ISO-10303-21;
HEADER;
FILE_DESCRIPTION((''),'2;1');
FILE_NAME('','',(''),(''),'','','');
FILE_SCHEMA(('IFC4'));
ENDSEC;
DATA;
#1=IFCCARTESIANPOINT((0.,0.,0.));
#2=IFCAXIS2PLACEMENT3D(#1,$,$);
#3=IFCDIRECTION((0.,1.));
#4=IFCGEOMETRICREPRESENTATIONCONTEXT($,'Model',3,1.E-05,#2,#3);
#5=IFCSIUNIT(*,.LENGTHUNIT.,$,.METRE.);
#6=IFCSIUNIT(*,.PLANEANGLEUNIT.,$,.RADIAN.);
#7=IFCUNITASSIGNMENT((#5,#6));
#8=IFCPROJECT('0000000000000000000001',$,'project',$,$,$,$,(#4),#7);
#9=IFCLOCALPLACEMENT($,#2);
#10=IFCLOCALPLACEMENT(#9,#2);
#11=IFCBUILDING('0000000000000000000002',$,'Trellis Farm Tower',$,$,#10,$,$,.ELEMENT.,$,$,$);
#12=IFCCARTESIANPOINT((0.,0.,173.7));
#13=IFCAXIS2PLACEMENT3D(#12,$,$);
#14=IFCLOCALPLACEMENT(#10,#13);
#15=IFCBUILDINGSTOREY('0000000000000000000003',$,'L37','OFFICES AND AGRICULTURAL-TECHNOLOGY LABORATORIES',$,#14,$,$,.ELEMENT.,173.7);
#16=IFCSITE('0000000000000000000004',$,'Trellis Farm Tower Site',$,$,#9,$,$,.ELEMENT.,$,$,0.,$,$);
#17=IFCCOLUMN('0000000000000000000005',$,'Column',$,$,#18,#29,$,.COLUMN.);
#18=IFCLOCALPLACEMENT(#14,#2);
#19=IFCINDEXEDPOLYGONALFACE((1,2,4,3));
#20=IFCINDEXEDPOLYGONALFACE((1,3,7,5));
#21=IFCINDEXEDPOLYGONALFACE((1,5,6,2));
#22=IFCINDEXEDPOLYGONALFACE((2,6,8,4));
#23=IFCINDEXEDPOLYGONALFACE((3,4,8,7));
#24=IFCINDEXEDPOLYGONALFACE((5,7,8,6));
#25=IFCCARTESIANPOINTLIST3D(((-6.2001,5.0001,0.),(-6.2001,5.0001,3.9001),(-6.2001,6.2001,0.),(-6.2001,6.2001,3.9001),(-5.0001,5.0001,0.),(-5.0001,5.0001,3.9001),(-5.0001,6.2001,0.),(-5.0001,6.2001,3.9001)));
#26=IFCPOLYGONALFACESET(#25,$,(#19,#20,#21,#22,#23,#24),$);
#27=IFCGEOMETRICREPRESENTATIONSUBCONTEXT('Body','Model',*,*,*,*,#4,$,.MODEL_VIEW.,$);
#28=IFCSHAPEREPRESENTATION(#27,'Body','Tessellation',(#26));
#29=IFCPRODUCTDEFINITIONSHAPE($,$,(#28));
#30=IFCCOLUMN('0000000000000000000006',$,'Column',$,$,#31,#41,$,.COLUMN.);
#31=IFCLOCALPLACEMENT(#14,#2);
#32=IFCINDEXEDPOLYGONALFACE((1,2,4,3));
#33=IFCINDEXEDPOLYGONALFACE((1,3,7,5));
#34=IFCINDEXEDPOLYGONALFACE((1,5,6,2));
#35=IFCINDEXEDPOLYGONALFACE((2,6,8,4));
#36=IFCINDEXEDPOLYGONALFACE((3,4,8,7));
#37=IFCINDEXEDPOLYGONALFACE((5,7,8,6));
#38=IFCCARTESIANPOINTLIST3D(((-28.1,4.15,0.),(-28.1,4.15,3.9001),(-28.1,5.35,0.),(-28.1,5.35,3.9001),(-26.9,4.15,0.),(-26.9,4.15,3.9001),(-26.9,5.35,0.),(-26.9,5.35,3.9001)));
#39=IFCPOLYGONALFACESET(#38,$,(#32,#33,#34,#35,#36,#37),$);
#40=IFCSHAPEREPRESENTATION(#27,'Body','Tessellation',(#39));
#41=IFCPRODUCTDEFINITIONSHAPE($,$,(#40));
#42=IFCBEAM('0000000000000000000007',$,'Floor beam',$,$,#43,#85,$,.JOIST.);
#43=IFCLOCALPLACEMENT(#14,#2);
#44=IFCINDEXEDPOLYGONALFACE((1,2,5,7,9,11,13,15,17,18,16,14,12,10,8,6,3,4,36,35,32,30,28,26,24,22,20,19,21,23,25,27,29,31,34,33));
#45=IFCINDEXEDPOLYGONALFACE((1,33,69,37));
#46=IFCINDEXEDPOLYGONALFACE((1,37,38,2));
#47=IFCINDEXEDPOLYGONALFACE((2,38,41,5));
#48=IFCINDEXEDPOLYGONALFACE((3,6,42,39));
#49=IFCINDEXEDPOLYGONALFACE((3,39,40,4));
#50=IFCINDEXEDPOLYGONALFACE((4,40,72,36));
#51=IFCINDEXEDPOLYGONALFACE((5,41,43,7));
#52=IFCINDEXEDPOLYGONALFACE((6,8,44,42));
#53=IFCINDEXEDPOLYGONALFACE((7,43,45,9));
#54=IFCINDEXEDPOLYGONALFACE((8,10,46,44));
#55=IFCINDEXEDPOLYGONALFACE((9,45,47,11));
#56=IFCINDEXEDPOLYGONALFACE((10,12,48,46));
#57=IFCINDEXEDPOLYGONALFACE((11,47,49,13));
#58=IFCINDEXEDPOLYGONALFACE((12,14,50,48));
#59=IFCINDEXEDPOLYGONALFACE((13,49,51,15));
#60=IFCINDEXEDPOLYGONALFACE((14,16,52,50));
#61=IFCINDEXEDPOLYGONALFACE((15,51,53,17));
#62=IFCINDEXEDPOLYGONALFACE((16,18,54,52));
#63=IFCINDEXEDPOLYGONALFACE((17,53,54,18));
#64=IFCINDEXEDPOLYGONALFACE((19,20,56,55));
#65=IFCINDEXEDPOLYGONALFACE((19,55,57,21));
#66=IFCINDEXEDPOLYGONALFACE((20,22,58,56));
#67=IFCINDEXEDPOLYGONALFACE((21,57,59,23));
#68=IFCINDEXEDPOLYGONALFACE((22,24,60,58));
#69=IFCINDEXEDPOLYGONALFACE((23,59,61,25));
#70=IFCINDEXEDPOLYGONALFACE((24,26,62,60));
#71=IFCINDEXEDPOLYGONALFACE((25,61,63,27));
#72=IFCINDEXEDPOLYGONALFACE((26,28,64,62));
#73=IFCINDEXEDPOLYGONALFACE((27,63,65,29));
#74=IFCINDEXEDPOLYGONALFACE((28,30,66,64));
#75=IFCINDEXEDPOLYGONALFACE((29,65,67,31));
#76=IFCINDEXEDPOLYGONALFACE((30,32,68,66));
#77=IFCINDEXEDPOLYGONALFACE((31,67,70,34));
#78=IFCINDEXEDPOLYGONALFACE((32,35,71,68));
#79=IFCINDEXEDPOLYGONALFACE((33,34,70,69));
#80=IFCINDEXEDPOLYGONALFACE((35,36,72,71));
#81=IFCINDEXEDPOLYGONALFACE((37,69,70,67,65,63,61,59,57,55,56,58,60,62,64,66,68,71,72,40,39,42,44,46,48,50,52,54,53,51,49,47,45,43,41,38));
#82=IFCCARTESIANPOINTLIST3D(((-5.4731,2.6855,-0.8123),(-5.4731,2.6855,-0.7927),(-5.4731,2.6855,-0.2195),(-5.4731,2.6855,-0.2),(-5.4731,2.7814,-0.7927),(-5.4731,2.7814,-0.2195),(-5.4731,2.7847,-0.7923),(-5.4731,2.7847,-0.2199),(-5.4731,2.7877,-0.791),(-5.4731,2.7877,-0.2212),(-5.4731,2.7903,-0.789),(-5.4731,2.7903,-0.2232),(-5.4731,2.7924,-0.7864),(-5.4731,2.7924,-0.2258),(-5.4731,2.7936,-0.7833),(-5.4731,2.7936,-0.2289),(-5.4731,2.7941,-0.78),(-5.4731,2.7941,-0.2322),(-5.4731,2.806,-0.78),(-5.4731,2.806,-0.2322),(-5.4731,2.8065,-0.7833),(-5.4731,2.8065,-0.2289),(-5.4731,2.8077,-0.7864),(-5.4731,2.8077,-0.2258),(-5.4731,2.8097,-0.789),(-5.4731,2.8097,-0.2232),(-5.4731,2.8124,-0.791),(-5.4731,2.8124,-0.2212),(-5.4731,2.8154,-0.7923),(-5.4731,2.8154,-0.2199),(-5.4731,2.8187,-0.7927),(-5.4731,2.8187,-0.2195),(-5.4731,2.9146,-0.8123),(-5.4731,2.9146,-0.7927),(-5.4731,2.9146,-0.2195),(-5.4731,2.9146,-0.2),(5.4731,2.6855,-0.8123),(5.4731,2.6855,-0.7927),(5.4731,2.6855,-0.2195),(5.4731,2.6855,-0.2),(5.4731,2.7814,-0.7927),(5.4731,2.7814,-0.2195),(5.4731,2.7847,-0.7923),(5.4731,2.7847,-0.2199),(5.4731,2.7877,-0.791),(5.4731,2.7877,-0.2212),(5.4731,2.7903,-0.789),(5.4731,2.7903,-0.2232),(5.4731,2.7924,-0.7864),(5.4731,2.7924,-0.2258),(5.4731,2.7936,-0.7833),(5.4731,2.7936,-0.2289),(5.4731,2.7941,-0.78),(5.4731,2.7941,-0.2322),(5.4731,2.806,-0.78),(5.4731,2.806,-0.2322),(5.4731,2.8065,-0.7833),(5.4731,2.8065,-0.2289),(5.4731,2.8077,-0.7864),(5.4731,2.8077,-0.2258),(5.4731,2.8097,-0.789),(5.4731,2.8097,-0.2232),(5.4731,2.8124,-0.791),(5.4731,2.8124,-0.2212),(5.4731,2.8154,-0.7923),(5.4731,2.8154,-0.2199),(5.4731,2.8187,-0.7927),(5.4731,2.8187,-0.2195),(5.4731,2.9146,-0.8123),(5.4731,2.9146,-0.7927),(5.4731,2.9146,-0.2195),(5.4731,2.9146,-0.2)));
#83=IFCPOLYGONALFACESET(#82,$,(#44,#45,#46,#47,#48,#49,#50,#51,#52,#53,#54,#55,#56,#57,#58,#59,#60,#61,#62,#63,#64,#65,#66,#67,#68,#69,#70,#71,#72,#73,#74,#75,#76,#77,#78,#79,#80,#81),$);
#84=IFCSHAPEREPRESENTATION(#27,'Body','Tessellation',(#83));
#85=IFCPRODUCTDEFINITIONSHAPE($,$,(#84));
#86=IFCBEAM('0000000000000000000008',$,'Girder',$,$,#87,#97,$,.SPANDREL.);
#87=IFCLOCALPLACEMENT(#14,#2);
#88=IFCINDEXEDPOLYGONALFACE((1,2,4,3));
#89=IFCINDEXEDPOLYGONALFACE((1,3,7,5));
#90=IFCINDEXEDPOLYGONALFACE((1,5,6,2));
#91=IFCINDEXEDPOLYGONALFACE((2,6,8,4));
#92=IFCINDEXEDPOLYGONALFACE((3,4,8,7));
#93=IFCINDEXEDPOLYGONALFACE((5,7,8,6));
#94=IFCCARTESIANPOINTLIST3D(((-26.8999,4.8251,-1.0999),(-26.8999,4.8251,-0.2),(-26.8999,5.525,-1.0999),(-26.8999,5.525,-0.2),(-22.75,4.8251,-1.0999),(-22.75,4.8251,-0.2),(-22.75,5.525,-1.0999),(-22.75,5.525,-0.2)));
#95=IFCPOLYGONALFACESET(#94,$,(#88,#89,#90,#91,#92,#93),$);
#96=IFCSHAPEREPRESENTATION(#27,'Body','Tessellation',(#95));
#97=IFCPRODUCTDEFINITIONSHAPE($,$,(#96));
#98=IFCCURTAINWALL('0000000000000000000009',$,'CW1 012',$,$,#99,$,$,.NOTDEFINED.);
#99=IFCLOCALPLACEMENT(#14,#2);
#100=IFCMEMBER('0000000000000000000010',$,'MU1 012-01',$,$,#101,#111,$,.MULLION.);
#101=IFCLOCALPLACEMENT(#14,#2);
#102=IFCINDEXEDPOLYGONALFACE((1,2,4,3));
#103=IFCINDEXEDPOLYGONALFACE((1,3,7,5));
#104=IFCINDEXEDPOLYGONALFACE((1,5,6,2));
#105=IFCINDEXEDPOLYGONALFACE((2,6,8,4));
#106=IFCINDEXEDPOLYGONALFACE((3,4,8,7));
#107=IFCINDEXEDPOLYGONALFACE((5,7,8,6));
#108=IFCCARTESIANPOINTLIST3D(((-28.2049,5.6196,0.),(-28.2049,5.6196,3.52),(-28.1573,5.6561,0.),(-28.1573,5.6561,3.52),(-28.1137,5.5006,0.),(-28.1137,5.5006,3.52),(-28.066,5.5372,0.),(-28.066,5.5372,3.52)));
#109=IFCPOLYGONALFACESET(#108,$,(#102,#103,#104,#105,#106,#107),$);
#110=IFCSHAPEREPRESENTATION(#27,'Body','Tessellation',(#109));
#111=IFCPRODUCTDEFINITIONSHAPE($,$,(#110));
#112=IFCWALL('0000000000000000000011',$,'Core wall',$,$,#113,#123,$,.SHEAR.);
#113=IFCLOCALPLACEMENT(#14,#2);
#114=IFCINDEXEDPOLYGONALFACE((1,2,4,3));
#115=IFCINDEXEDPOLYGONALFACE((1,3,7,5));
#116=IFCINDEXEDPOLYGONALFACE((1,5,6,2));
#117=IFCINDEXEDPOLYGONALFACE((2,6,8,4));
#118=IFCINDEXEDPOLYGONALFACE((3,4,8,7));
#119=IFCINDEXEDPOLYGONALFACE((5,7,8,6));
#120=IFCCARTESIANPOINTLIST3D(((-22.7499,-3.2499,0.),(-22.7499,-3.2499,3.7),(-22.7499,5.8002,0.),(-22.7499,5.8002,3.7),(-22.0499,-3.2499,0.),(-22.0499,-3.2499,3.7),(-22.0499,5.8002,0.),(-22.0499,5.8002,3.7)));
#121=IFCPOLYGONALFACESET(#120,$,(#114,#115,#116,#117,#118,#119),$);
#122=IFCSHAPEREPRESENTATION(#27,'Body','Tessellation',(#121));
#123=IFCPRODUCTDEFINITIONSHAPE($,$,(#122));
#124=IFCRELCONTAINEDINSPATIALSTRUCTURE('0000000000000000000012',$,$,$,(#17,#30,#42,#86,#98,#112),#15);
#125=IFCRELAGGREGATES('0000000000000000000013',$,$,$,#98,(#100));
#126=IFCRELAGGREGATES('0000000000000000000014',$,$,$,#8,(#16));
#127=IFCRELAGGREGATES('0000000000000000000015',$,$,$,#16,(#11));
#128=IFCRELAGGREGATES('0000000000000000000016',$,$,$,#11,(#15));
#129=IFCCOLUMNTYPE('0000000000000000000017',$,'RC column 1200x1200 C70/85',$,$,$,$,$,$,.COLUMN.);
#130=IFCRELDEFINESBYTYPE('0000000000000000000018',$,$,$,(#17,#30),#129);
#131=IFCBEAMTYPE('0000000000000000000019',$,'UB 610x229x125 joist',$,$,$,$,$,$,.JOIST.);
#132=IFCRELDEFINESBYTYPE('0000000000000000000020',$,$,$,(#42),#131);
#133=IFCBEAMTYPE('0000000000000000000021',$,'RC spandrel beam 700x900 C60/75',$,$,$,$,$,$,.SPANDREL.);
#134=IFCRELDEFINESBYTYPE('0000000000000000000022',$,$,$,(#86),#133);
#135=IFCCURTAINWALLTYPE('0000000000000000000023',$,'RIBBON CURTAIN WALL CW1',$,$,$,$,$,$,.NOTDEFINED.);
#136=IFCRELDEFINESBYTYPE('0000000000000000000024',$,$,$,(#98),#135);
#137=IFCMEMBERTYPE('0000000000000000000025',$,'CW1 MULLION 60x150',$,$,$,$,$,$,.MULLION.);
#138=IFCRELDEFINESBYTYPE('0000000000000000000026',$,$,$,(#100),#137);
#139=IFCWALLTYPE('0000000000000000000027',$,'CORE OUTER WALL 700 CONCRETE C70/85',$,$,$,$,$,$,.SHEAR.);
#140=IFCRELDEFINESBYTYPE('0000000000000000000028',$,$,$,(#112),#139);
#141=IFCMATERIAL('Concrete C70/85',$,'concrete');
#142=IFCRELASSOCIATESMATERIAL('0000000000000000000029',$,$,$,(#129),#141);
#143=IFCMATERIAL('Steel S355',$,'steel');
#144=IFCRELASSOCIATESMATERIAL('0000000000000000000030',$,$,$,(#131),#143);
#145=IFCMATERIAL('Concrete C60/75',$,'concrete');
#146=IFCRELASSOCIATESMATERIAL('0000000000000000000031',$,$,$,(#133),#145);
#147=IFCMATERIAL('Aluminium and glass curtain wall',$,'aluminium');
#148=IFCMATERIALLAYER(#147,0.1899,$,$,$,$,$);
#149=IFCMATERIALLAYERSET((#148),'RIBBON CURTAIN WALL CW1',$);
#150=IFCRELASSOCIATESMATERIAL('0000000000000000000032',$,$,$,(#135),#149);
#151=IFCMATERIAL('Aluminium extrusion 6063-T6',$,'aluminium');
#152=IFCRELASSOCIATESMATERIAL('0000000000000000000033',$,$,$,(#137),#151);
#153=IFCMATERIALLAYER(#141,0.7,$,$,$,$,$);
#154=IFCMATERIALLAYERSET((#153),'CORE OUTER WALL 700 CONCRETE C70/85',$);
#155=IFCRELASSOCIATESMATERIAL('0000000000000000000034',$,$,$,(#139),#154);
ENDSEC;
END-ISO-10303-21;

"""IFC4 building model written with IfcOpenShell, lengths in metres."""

from ifc_helpers import new_model, si_unit, direction, frame, frame_2d, origin, origin_2d, place, context, subcontext, project, spatial, rectangle, i_section, extrude, source, transform, mapped, material, layer, layer_set, material_profile, profile_set, type_object, element, aggregate, save


model = new_model("IFC4")

# Units and contexts
model_context = context("Model", 3, precision=1e-05, world=origin(), true_north=direction((0.0, 1.0)))
body_context = subcontext(model_context, "Body", "Model", "MODEL_VIEW")
ifc_project = project(units=[si_unit("LENGTHUNIT", "METRE"), si_unit("PLANEANGLEUNIT", "RADIAN")], contexts=[model_context])

# Site, building, storey
site_placement = place(None, origin())
site = spatial("IfcSite", under=ifc_project, at=site_placement, Name="Trellis Farm Tower Site", CompositionType="ELEMENT", RefElevation=0.0)
building_placement = place(site_placement, origin())
building = spatial("IfcBuilding", under=site, at=building_placement, Name="Trellis Farm Tower", CompositionType="ELEMENT")
storey_placement = place(building_placement, frame((0.0, 0.0, 173.7)))
storey = spatial("IfcBuildingStorey", under=building, at=storey_placement, Name="L37", Description="OFFICES AND AGRICULTURAL-TECHNOLOGY LABORATORIES", CompositionType="ELEMENT", Elevation=173.7)

# Columns
ifc_material_1 = material(Name="Concrete C70/85", Category="concrete")
ifc_material_profile_1 = material_profile(ifc_material_1, rectangle(XDim=1.2, YDim=1.2, at=origin_2d()), Name="RC column 1200x1200 C70/85")
ifc_profile_set_1 = profile_set([ifc_material_profile_1], Name="Concrete C70/85")
column_type = type_object("IfcColumnType", Name="RC column 1200x1200 C70/85", PredefinedType="COLUMN", material=ifc_profile_set_1)
shared_shape_1 = source(origin(), body_context, "Body", "SweptSolid", [
    extrude(rectangle(XDim=1.2, YDim=1.2, at=origin_2d()), origin(), (0.0, 0.0, 1.0), 3.9001),
])
for number, where, z_axis, x_axis, name in (
    (1, (-5.6001, 5.6001, 0.0), (0.0, 0.0, 1.0), (1.0, 0.0, 0.0), "Column"),
    (2, (-27.5, 4.75, 0.0), (0.0, 0.0, 1.0), (1.0, 0.0, 0.0), "Column"),
):
    element("IfcColumn", number, at=place(storey_placement, frame(where, z_axis=z_axis, x_axis=x_axis)), inside=storey, type_object=column_type, Name=name, PredefinedType="COLUMN", context=body_context, shape_type="MappedRepresentation", body=[
        mapped(shared_shape_1, transform((0.0, 0.0, 0.0))),
    ])

# Beams
ifc_material_2 = material(Name="Steel S355", Category="steel")
ifc_material_profile_2 = material_profile(ifc_material_2, i_section(OverallWidth=0.229, OverallDepth=0.6123, WebThickness=0.012, FlangeThickness=0.0195, FilletRadius=0.0127, at=origin_2d()), Name="UB 610x229x125")
ifc_profile_set_2 = profile_set([ifc_material_profile_2], Name="Steel S355")
beam_type_1 = type_object("IfcBeamType", Name="UB 610x229x125 joist", PredefinedType="JOIST", material=ifc_profile_set_2)
shared_shape_2 = source(origin(), body_context, "Body", "SweptSolid", [
    extrude(i_section(OverallWidth=0.229, OverallDepth=0.6123, WebThickness=0.012, FlangeThickness=0.0195, FilletRadius=0.0127, at=origin_2d()), origin(), (0.0, 0.0, 1.0), 10.9463),
])
beam_1_placement = place(storey_placement, frame((-5.4731, 2.8, -0.5061), z_axis=(1.0, 0.0, 0.0), x_axis=(0.0, 1.0, 0.0)))
element("IfcBeam", 3, at=beam_1_placement, inside=storey, type_object=beam_type_1, Name="Floor beam", PredefinedType="JOIST", context=body_context, shape_type="MappedRepresentation", body=[
    mapped(shared_shape_2, transform((0.0, 0.0, 0.0))),
])
ifc_material_3 = material(Name="Concrete C60/75", Category="concrete")
ifc_material_profile_3 = material_profile(ifc_material_3, rectangle(XDim=0.7, YDim=0.8999, at=origin_2d()), Name="RC spandrel beam 700x900 C60/75")
ifc_profile_set_3 = profile_set([ifc_material_profile_3], Name="Concrete C60/75")
beam_type_2 = type_object("IfcBeamType", Name="RC spandrel beam 700x900 C60/75", PredefinedType="SPANDREL", material=ifc_profile_set_3)
shared_shape_3 = source(origin(), body_context, "Body", "SweptSolid", [
    extrude(rectangle(XDim=0.7, YDim=0.8999, at=origin_2d()), origin(), (0.0, 0.0, 1.0), 4.1499),
])
beam_2_placement = place(storey_placement, frame((-26.8999, 5.175, -0.6499), z_axis=(1.0, 0.0, 0.0), x_axis=(0.0, 1.0, 0.0)))
element("IfcBeam", 4, at=beam_2_placement, inside=storey, type_object=beam_type_2, Name="Girder", PredefinedType="SPANDREL", context=body_context, shape_type="MappedRepresentation", body=[
    mapped(shared_shape_3, transform((0.0, 0.0, 0.0))),
])

# Curtain wall, member
ifc_material_4 = material(Name="Aluminium and glass curtain wall", Category="aluminium")
ifc_layer_1 = layer(ifc_material_4, 0.1899)
ifc_layer_set_1 = layer_set([ifc_layer_1], Name="RIBBON CURTAIN WALL CW1")
curtain_wall_type = type_object("IfcCurtainWallType", Name="RIBBON CURTAIN WALL CW1", PredefinedType="NOTDEFINED", material=ifc_layer_set_1)
placement = place(storey_placement, origin())
curtain_wall = element("IfcCurtainWall", 5, at=placement, inside=storey, type_object=curtain_wall_type, Name="CW1 012", PredefinedType="NOTDEFINED")
ifc_material_5 = material(Name="Aluminium extrusion 6063-T6", Category="aluminium")
ifc_material_profile_4 = material_profile(ifc_material_5, rectangle(XDim=0.0601, YDim=0.1499, at=origin_2d()), Name="MULLION 60x150")
ifc_profile_set_4 = profile_set([ifc_material_profile_4], Name="Aluminium extrusion 6063-T6")
member_type = type_object("IfcMemberType", Name="CW1 MULLION 60x150", PredefinedType="MULLION", material=ifc_profile_set_4)
shared_shape_4 = source(origin(), body_context, "Body", "SweptSolid", [
    extrude(rectangle(XDim=0.0601, YDim=0.1499, at=origin_2d()), origin(), (0.0, 0.0, 1.0), 3.52),
])
member_placement = place(storey_placement, frame((-28.1355, 5.5784, 0.0), z_axis=(0.0, 0.0, 1.0), x_axis=(-0.793353, -0.608761, 0.0)))
member = element("IfcMember", 6, at=member_placement, type_object=member_type, Name="MU1 012-01", PredefinedType="MULLION", context=body_context, shape_type="MappedRepresentation", body=[
    mapped(shared_shape_4, transform((0.0, 0.0, 0.0))),
])
aggregate(curtain_wall, [member])

# Wall
ifc_layer_2 = layer(ifc_material_1, 0.7)
ifc_layer_set_2 = layer_set([ifc_layer_2], Name="CORE OUTER WALL 700 CONCRETE C70/85")
wall_type_1 = type_object("IfcWallType", Name="CORE OUTER WALL 700 CONCRETE C70/85", PredefinedType="SHEAR", material=ifc_layer_set_2)
shared_shape_5 = source(origin(), body_context, "Body", "SweptSolid", [
    extrude(rectangle(XDim=9.05, YDim=0.7, at=frame_2d((4.5249, 0.0))), origin(), (0.0, 0.0, 1.0), 3.7),
])
wall_1_placement = place(storey_placement, frame((-22.3999, 5.8, 0.0), z_axis=(0.0, 0.0, 1.0), x_axis=(0.0, -1.0, 0.0)))
element("IfcWall", 7, at=wall_1_placement, inside=storey, type_object=wall_type_1, Name="Core wall", PredefinedType="SHEAR", context=body_context, shape_type="MappedRepresentation", body=[
    mapped(shared_shape_5, transform((0.0, 0.0, 0.0))),
])

save(model, "model.ifc")
